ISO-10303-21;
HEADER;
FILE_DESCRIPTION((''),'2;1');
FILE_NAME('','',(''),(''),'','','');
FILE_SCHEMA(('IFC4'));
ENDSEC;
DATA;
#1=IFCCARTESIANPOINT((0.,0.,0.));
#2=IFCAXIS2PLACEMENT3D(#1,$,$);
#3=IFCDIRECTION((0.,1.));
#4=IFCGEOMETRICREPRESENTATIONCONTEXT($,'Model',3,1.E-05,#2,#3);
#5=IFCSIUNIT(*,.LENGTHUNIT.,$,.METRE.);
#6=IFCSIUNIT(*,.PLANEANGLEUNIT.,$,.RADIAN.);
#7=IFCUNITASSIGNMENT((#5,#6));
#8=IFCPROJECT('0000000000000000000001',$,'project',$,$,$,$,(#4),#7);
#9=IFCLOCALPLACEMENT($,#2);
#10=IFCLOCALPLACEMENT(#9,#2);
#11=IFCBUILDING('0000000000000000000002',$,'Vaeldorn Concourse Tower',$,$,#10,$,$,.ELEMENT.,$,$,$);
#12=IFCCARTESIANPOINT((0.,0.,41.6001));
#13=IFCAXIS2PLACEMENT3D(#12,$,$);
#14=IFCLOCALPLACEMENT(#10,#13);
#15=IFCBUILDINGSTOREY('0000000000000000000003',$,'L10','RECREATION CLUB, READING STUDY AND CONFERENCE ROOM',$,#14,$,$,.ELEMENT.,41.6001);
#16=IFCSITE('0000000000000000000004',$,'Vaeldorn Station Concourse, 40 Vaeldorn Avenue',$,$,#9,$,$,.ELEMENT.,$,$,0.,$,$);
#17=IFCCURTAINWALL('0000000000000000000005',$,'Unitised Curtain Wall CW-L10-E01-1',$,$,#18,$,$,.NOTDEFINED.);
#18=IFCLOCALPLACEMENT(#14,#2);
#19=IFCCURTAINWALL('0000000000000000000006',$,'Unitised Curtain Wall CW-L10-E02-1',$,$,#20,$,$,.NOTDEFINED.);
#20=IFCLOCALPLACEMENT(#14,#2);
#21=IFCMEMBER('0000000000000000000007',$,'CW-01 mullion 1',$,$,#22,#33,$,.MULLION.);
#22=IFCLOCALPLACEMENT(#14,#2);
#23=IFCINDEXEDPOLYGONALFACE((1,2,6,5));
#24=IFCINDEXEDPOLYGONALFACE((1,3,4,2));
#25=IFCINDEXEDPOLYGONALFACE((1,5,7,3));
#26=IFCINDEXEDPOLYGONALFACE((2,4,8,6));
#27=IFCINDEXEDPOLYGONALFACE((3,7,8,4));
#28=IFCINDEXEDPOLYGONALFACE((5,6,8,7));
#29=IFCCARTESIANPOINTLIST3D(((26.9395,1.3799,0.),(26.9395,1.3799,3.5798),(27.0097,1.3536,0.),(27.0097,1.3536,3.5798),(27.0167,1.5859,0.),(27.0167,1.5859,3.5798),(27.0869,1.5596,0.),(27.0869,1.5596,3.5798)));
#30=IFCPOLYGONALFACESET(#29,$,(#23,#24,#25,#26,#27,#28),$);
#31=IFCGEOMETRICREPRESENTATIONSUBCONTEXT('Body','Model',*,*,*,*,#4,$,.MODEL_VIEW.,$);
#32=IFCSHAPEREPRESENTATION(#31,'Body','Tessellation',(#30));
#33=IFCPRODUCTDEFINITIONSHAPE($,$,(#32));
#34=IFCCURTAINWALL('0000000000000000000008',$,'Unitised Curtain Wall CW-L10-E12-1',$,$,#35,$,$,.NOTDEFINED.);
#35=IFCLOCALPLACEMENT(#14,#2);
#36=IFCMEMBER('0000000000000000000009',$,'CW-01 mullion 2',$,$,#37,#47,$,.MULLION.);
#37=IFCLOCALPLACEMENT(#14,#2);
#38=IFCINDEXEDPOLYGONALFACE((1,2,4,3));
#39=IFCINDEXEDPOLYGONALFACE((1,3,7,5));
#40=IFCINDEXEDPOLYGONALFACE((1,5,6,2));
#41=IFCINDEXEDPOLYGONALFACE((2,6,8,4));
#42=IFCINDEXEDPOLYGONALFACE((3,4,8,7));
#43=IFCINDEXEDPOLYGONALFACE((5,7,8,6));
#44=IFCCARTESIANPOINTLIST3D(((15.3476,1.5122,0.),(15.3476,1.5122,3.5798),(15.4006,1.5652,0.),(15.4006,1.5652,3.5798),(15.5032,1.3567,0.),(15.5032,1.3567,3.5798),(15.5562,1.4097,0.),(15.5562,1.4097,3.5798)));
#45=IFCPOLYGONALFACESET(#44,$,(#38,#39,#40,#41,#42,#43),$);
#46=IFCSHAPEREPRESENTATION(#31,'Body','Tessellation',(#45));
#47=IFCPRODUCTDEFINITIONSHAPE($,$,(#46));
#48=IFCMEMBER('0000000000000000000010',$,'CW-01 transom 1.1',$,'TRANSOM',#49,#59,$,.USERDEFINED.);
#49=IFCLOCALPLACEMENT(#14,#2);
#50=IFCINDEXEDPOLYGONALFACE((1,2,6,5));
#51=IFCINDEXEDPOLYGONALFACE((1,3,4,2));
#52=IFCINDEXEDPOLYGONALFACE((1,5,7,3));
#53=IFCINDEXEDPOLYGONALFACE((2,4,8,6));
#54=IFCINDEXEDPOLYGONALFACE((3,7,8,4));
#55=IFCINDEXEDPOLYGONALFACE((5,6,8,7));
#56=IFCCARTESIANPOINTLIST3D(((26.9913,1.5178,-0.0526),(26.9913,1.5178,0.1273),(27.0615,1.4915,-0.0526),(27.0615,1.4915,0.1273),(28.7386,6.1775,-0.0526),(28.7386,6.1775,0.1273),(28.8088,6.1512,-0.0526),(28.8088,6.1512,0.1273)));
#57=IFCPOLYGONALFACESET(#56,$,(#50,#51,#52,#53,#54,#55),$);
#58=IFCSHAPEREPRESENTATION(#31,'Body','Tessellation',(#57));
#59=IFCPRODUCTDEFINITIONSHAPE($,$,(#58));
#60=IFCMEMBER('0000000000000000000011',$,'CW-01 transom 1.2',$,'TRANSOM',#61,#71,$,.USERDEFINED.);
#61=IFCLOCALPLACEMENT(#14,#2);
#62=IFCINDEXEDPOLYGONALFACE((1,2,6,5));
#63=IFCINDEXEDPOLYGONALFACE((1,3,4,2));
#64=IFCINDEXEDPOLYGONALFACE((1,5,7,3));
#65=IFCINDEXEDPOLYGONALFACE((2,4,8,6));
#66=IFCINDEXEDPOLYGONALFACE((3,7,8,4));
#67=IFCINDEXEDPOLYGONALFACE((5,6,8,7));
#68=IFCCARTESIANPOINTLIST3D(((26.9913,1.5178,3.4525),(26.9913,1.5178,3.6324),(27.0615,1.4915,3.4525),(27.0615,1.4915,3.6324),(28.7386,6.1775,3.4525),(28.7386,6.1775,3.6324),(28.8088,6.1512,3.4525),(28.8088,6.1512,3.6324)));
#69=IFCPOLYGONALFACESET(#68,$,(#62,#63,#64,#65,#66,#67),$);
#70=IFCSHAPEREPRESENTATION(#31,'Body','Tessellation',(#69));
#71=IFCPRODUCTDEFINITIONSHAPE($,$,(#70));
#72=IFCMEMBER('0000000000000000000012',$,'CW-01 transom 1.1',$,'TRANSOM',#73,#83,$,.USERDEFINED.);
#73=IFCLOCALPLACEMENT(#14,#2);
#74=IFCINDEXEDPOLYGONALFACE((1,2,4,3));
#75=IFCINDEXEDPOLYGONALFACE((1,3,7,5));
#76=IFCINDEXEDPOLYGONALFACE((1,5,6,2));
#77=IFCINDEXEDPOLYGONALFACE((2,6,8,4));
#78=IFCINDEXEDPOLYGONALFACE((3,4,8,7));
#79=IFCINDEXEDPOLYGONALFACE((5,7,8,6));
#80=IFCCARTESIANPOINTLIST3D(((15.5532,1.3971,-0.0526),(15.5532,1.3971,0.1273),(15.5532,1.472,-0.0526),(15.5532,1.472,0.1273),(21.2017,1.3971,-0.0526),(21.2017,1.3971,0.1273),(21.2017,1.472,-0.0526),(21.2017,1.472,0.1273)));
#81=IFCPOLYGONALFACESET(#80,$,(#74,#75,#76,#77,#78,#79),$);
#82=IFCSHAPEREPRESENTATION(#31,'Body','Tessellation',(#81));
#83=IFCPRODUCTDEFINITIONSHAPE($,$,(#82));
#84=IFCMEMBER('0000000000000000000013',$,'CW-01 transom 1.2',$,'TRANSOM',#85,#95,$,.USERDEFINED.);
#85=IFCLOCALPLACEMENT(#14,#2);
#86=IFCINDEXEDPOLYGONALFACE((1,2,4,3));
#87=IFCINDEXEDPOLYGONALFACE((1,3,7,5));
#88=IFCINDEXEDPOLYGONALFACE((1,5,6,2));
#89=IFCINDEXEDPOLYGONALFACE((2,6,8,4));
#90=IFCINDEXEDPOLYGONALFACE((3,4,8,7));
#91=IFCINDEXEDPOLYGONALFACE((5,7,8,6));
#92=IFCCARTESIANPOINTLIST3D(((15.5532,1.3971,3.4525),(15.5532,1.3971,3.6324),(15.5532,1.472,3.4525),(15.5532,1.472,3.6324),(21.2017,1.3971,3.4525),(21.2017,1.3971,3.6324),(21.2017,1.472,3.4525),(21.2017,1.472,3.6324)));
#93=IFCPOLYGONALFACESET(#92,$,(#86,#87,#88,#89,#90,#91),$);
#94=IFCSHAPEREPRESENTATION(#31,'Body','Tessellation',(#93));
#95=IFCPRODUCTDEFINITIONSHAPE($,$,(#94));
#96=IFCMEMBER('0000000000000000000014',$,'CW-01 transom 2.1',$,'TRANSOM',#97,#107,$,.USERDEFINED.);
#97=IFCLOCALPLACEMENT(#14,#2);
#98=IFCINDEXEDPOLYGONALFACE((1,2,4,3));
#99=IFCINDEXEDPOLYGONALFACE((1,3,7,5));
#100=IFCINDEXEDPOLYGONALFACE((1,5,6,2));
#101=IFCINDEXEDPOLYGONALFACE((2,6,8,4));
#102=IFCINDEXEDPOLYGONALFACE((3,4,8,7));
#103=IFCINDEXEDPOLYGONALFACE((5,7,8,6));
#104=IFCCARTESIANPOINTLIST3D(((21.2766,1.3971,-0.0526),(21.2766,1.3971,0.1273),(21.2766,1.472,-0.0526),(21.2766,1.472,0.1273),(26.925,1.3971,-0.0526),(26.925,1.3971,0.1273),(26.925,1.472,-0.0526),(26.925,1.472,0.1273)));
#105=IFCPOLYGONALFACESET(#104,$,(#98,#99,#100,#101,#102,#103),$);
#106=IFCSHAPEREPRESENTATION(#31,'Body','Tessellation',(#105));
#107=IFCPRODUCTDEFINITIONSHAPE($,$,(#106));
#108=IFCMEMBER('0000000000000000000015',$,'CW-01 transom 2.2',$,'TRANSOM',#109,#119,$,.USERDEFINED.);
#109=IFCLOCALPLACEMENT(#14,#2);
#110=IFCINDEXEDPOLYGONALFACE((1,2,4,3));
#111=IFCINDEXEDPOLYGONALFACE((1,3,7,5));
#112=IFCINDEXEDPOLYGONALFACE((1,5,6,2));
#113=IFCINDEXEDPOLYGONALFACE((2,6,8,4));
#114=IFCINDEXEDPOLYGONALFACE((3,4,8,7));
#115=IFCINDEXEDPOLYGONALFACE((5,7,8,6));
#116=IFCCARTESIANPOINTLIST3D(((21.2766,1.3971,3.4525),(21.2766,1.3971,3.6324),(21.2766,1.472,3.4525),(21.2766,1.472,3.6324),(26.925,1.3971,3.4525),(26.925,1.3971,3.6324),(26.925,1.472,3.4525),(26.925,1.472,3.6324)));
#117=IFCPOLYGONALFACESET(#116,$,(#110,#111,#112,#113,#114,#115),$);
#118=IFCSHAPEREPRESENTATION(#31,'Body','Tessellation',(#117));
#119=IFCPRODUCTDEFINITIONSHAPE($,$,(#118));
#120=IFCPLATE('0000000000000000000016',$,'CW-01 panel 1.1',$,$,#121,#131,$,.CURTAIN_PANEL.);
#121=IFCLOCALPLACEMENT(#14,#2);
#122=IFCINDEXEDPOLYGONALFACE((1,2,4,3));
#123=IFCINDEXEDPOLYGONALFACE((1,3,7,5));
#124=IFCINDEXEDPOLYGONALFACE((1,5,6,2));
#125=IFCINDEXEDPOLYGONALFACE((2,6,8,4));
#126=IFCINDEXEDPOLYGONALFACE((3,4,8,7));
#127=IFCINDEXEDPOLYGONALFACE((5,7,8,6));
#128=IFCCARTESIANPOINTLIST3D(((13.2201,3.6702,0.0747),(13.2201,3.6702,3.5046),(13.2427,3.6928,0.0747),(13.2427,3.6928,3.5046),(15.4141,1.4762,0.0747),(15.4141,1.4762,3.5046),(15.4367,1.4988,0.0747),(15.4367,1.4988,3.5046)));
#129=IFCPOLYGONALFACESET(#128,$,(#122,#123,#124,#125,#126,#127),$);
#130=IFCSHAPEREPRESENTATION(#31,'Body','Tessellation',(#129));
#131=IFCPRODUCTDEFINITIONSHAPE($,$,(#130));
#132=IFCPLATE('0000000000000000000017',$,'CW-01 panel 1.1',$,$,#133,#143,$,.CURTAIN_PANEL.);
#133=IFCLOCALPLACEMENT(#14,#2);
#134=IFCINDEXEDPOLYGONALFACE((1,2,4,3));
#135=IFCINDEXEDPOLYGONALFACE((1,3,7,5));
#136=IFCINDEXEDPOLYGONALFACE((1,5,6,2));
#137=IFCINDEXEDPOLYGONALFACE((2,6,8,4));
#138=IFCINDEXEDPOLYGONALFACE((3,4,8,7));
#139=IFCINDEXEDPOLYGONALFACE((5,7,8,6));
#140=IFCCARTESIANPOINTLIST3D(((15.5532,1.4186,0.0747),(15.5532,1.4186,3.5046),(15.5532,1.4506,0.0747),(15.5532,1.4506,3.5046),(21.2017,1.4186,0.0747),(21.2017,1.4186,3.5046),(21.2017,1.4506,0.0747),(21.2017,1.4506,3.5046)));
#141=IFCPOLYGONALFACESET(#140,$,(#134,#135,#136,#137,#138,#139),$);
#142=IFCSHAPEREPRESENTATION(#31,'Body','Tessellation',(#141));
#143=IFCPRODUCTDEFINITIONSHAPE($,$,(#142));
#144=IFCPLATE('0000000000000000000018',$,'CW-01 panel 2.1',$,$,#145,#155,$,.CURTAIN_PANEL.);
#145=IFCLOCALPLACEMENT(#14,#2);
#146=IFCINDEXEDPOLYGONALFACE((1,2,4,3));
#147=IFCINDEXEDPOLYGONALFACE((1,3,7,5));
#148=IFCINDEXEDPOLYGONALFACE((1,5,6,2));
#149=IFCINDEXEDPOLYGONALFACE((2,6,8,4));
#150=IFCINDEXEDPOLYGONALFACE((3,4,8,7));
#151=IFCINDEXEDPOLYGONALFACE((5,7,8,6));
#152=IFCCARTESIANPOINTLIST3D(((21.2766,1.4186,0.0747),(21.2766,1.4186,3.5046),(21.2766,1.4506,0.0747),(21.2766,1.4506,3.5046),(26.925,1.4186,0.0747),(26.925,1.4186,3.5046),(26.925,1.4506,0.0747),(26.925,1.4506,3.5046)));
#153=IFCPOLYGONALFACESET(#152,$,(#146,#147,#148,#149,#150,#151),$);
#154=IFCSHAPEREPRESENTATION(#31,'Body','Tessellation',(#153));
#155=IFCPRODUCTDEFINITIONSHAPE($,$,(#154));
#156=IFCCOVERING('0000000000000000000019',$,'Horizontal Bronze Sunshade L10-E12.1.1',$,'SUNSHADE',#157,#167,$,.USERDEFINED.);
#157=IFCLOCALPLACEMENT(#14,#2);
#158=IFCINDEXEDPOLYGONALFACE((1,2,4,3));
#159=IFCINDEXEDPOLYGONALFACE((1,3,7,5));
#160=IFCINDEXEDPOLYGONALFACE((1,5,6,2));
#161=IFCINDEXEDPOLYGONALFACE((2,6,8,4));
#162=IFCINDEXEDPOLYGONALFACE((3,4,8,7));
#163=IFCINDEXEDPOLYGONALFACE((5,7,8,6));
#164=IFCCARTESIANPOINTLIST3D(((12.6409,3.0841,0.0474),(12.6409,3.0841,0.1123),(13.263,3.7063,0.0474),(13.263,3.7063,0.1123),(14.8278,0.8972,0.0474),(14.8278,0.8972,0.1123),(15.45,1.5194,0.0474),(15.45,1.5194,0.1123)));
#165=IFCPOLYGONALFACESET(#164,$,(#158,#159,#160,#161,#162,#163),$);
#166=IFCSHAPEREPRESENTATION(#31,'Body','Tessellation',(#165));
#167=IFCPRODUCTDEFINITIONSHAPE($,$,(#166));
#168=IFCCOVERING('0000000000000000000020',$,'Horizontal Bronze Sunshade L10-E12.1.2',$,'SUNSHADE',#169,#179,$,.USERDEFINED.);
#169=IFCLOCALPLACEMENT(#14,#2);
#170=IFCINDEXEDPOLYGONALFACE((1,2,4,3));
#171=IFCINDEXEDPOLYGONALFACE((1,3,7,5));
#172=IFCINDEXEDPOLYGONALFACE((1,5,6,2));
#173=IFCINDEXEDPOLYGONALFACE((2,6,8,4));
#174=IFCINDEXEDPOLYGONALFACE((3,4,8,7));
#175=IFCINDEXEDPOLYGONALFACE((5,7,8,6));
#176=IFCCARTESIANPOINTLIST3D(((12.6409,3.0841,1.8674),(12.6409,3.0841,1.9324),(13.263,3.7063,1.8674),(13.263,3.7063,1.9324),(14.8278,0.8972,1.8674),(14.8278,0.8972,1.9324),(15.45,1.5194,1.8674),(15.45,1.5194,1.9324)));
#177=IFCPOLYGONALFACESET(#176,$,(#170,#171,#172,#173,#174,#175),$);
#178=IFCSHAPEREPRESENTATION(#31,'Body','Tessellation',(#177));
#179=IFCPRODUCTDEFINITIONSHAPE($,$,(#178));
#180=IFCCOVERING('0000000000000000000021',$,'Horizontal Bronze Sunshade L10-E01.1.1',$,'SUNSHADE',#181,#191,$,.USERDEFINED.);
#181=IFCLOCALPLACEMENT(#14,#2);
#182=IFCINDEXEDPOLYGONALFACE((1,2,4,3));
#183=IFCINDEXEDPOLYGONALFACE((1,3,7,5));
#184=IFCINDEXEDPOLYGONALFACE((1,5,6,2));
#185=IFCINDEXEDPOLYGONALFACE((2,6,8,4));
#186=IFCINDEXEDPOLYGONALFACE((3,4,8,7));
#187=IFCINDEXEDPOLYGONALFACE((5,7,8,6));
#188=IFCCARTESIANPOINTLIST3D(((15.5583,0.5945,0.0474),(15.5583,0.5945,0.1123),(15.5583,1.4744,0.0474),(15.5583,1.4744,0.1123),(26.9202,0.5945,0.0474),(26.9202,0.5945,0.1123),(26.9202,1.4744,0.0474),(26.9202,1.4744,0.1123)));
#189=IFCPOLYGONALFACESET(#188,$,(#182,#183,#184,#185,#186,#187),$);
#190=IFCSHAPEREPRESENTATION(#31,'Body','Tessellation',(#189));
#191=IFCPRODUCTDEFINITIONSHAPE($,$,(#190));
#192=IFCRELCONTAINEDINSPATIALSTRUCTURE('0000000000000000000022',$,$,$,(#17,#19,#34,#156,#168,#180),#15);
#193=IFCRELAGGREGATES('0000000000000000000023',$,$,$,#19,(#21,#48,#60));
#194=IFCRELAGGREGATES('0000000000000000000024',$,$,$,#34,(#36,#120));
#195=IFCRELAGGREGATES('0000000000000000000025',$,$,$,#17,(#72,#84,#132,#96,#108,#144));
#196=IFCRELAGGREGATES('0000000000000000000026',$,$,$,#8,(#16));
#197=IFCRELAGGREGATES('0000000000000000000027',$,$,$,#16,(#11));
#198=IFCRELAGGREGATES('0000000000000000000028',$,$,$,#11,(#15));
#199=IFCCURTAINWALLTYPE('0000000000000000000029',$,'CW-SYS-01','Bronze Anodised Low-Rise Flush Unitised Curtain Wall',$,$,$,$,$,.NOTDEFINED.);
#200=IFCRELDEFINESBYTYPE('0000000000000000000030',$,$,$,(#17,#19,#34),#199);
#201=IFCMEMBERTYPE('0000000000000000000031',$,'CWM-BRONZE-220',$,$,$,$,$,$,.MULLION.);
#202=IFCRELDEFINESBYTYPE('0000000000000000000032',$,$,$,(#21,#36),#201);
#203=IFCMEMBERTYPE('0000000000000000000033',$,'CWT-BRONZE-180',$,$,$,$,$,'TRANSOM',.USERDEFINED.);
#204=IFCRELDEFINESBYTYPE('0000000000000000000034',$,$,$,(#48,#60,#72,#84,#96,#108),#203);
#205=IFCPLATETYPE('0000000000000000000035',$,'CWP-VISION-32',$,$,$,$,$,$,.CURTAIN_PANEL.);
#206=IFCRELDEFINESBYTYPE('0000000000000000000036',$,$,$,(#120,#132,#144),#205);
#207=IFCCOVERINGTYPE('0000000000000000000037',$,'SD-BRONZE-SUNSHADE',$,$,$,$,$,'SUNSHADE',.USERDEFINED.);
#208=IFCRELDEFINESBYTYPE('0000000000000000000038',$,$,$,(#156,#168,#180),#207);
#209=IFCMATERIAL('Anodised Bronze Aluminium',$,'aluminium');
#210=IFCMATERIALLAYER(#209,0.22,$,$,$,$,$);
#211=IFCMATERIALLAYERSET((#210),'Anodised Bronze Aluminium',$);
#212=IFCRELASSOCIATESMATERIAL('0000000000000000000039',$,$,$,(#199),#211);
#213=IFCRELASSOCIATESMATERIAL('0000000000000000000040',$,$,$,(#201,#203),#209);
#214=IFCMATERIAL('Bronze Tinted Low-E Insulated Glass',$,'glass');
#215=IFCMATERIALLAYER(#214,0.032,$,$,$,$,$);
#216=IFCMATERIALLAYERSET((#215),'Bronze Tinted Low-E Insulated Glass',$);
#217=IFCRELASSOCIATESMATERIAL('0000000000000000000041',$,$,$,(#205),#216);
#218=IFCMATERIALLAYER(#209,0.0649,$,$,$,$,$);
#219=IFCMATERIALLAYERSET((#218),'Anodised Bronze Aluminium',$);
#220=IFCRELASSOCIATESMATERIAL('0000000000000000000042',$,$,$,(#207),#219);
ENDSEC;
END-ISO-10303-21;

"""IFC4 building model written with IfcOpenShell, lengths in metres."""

from ifc_helpers import new_model, si_unit, direction, frame, origin, origin_2d, place, context, subcontext, project, spatial, rectangle, extrude, source, transform, mapped, material, layer, layer_set, material_profile, profile_set, type_object, element, aggregate, save


model = new_model("IFC4")

# Units and contexts
model_context = context("Model", 3, precision=1e-05, world=origin(), true_north=direction((0.0, 1.0)))
body_context = subcontext(model_context, "Body", "Model", "MODEL_VIEW")
ifc_project = project(units=[si_unit("LENGTHUNIT", "METRE"), si_unit("PLANEANGLEUNIT", "RADIAN")], contexts=[model_context])

# Site, building, storey
site_placement = place(None, origin())
site = spatial("IfcSite", under=ifc_project, at=site_placement, Name="Vaeldorn Station Concourse, 40 Vaeldorn Avenue", CompositionType="ELEMENT", RefElevation=0.0)
building_placement = place(site_placement, origin())
building = spatial("IfcBuilding", under=site, at=building_placement, Name="Vaeldorn Concourse Tower", CompositionType="ELEMENT")
storey_placement = place(building_placement, frame((0.0, 0.0, 41.6001)))
storey = spatial("IfcBuildingStorey", under=building, at=storey_placement, Name="L10", Description="RECREATION CLUB, READING STUDY AND CONFERENCE ROOM", CompositionType="ELEMENT", Elevation=41.6001)

# Curtain wall
ifc_material_1 = material(Name="Anodised Bronze Aluminium", Category="aluminium")
ifc_layer_1 = layer(ifc_material_1, 0.22)
ifc_layer_set_1 = layer_set([ifc_layer_1], Name="Anodised Bronze Aluminium")
curtain_wall_type = type_object("IfcCurtainWallType", Name="CW-SYS-01", Description="Bronze Anodised Low-Rise Flush Unitised Curtain Wall", PredefinedType="NOTDEFINED", material=ifc_layer_set_1)
curtain_wall_1_placement = place(storey_placement, origin())
curtain_wall_1 = element("IfcCurtainWall", 1, at=curtain_wall_1_placement, inside=storey, type_object=curtain_wall_type, Name="Unitised Curtain Wall CW-L10-E01-1", PredefinedType="NOTDEFINED")
ifc_material_profile_1 = material_profile(ifc_material_1, rectangle(XDim=0.075, YDim=0.22, at=origin_2d()), Name="CWM 75x220")
ifc_profile_set_1 = profile_set([ifc_material_profile_1], Name="Anodised Bronze Aluminium")
member_type_1 = type_object("IfcMemberType", Name="CWM-BRONZE-220", PredefinedType="MULLION", material=ifc_profile_set_1)
shared_shape_1 = source(origin(), body_context, "Body", "SweptSolid", [
    extrude(rectangle(XDim=0.075, YDim=0.22, at=origin_2d()), origin(), (0.0, 0.0, 1.0), 3.5798),
])

# Curtain walls, members
curtain_wall_2_placement = place(storey_placement, origin())
curtain_wall_2 = element("IfcCurtainWall", 2, at=curtain_wall_2_placement, inside=storey, type_object=curtain_wall_type, Name="Unitised Curtain Wall CW-L10-E02-1", PredefinedType="NOTDEFINED")
member_1_placement = place(storey_placement, frame((27.0132, 1.4697, 0.0), z_axis=(0.0, 0.0, 1.0), x_axis=(-0.936329, 0.351123, 0.0)))
member_1 = element("IfcMember", 3, at=member_1_placement, type_object=member_type_1, Name="CW-01 mullion 1", PredefinedType="MULLION", context=body_context, shape_type="MappedRepresentation", body=[
    mapped(shared_shape_1, transform((0.0, 0.0, 0.0), scale=1.0)),
])
curtain_wall_3_placement = place(storey_placement, origin())
curtain_wall_3 = element("IfcCurtainWall", 4, at=curtain_wall_3_placement, inside=storey, type_object=curtain_wall_type, Name="Unitised Curtain Wall CW-L10-E12-1", PredefinedType="NOTDEFINED")
member_2_placement = place(storey_placement, frame((15.4519, 1.4609, 0.0), z_axis=(0.0, 0.0, 1.0), x_axis=(0.707107, 0.707107, 0.0)))
member_2 = element("IfcMember", 5, at=member_2_placement, type_object=member_type_1, Name="CW-01 mullion 2", PredefinedType="MULLION", context=body_context, shape_type="MappedRepresentation", body=[
    mapped(shared_shape_1, transform((0.0, 0.0, 0.0), scale=1.0)),
])

# Members
ifc_material_profile_2 = material_profile(ifc_material_1, rectangle(XDim=0.075, YDim=0.1799, at=origin_2d()), Name="CWT 75x180")
ifc_profile_set_2 = profile_set([ifc_material_profile_2], Name="Anodised Bronze Aluminium")
member_type_2 = type_object("IfcMemberType", Name="CWT-BRONZE-180", ElementType="TRANSOM", PredefinedType="USERDEFINED", material=ifc_profile_set_2)
shared_shape_2 = source(origin(), body_context, "Body", "SweptSolid", [
    extrude(rectangle(XDim=0.075, YDim=0.1799, at=origin_2d()), origin(), (0.0, 0.0, 1.0), 4.9766),
])
member_3_placement = place(storey_placement, frame((27.0264, 1.5046, 0.0374), z_axis=(0.351113, 0.936333, 0.0), x_axis=(-0.936333, 0.351113, 0.0)))
member_3 = element("IfcMember", 6, at=member_3_placement, type_object=member_type_2, Name="CW-01 transom 1.1", ObjectType="TRANSOM", PredefinedType="USERDEFINED", context=body_context, shape_type="MappedRepresentation", body=[
    mapped(shared_shape_2, transform((0.0, 0.0, 0.0), scale=1.0)),
])
member_4_placement = place(storey_placement, frame((27.0264, 1.5046, 3.5425), z_axis=(0.351113, 0.936333, 0.0), x_axis=(-0.936333, 0.351113, 0.0)))
member_4 = element("IfcMember", 7, at=member_4_placement, type_object=member_type_2, Name="CW-01 transom 1.2", ObjectType="TRANSOM", PredefinedType="USERDEFINED", context=body_context, shape_type="MappedRepresentation", body=[
    mapped(shared_shape_2, transform((0.0, 0.0, 0.0), scale=1.0)),
])
aggregate(curtain_wall_2, [member_1, member_3, member_4])
shared_shape_3 = source(origin(), body_context, "Body", "SweptSolid", [
    extrude(rectangle(XDim=0.075, YDim=0.1799, at=origin_2d()), origin(), (0.0, 0.0, 1.0), 5.6484),
])
member_5_placement = place(storey_placement, frame((15.5532, 1.4346, 0.0374), z_axis=(1.0, 0.0, 0.0), x_axis=(0.0, 1.0, 0.0)))
member_5 = element("IfcMember", 8, at=member_5_placement, type_object=member_type_2, Name="CW-01 transom 1.1", ObjectType="TRANSOM", PredefinedType="USERDEFINED", context=body_context, shape_type="MappedRepresentation", body=[
    mapped(shared_shape_3, transform((0.0, 0.0, 0.0), scale=1.0)),
])
member_6_placement = place(storey_placement, frame((15.5532, 1.4346, 3.5425), z_axis=(1.0, 0.0, 0.0), x_axis=(0.0, 1.0, 0.0)))
member_6 = element("IfcMember", 9, at=member_6_placement, type_object=member_type_2, Name="CW-01 transom 1.2", ObjectType="TRANSOM", PredefinedType="USERDEFINED", context=body_context, shape_type="MappedRepresentation", body=[
    mapped(shared_shape_3, transform((0.0, 0.0, 0.0), scale=1.0)),
])
member_7_placement = place(storey_placement, frame((21.2766, 1.4346, 0.0374), z_axis=(1.0, 0.0, 0.0), x_axis=(0.0, 1.0, 0.0)))
member_7 = element("IfcMember", 10, at=member_7_placement, type_object=member_type_2, Name="CW-01 transom 2.1", ObjectType="TRANSOM", PredefinedType="USERDEFINED", context=body_context, shape_type="MappedRepresentation", body=[
    mapped(shared_shape_3, transform((0.0, 0.0, 0.0), scale=1.0)),
])
member_8_placement = place(storey_placement, frame((21.2766, 1.4346, 3.5425), z_axis=(1.0, 0.0, 0.0), x_axis=(0.0, 1.0, 0.0)))
member_8 = element("IfcMember", 11, at=member_8_placement, type_object=member_type_2, Name="CW-01 transom 2.2", ObjectType="TRANSOM", PredefinedType="USERDEFINED", context=body_context, shape_type="MappedRepresentation", body=[
    mapped(shared_shape_3, transform((0.0, 0.0, 0.0), scale=1.0)),
])

# Plates
ifc_material_2 = material(Name="Bronze Tinted Low-E Insulated Glass", Category="glass")
ifc_layer_2 = layer(ifc_material_2, 0.032)
ifc_layer_set_2 = layer_set([ifc_layer_2], Name="Bronze Tinted Low-E Insulated Glass")
plate_type = type_object("IfcPlateType", Name="CWP-VISION-32", PredefinedType="CURTAIN_PANEL", material=ifc_layer_set_2)
shared_shape_4 = source(origin(), body_context, "Body", "SweptSolid", [
    extrude(rectangle(XDim=3.1028, YDim=0.032, at=origin_2d()), origin(), (0.0, 0.0, 1.0), 3.4299),
])
plate_1_placement = place(storey_placement, frame((14.3284, 2.5845, 0.0747), z_axis=(0.0, 0.0, 1.0), x_axis=(0.707107, -0.707107, 0.0)))
plate_1 = element("IfcPlate", 12, at=plate_1_placement, type_object=plate_type, Name="CW-01 panel 1.1", PredefinedType="CURTAIN_PANEL", context=body_context, shape_type="MappedRepresentation", body=[
    mapped(shared_shape_4, transform((0.0, 0.0, 0.0), scale=1.0)),
])
aggregate(curtain_wall_3, [member_2, plate_1])
shared_shape_5 = source(origin(), body_context, "Body", "SweptSolid", [
    extrude(rectangle(XDim=5.6484, YDim=0.032, at=origin_2d()), origin(), (0.0, 0.0, 1.0), 3.4299),
])
plate_2_placement = place(storey_placement, frame((18.3774, 1.4346, 0.0747), z_axis=(0.0, 0.0, 1.0), x_axis=(1.0, 0.0, 0.0)))
plate_2 = element("IfcPlate", 13, at=plate_2_placement, type_object=plate_type, Name="CW-01 panel 1.1", PredefinedType="CURTAIN_PANEL", context=body_context, shape_type="MappedRepresentation", body=[
    mapped(shared_shape_5, transform((0.0, 0.0, 0.0), scale=1.0)),
])
plate_3_placement = place(storey_placement, frame((24.1008, 1.4346, 0.0747), z_axis=(0.0, 0.0, 1.0), x_axis=(1.0, 0.0, 0.0)))
plate_3 = element("IfcPlate", 14, at=plate_3_placement, type_object=plate_type, Name="CW-01 panel 2.1", PredefinedType="CURTAIN_PANEL", context=body_context, shape_type="MappedRepresentation", body=[
    mapped(shared_shape_5, transform((0.0, 0.0, 0.0), scale=1.0)),
])
aggregate(curtain_wall_1, [member_5, member_6, plate_2, member_7, member_8, plate_3])

# Coverings
ifc_layer_3 = layer(ifc_material_1, 0.0649)
ifc_layer_set_3 = layer_set([ifc_layer_3], Name="Anodised Bronze Aluminium")
covering_type = type_object("IfcCoveringType", Name="SD-BRONZE-SUNSHADE", ElementType="SUNSHADE", PredefinedType="USERDEFINED", material=ifc_layer_set_3)
shared_shape_6 = source(origin(), body_context, "Body", "SweptSolid", [
    extrude(rectangle(XDim=3.0928, YDim=0.8799, at=origin_2d()), origin(), (0.0, 0.0, 1.0), 0.0649),
])
for number, where, z_axis, x_axis, name in (
    (15, (14.0454, 2.3018, 0.0474), (0.0, 0.0, 1.0), (0.707107, -0.707107, 0.0), "Horizontal Bronze Sunshade L10-E12.1.1"),
    (16, (14.0454, 2.3018, 1.8674), (0.0, 0.0, 1.0), (0.707107, -0.707107, 0.0), "Horizontal Bronze Sunshade L10-E12.1.2"),
):
    element("IfcCovering", number, at=place(storey_placement, frame(where, z_axis=z_axis, x_axis=x_axis)), inside=storey, type_object=covering_type, Name=name, ObjectType="SUNSHADE", PredefinedType="USERDEFINED", context=body_context, shape_type="MappedRepresentation", body=[
        mapped(shared_shape_6, transform((0.0, 0.0, 0.0), scale=1.0)),
    ])
shared_shape_7 = source(origin(), body_context, "Body", "SweptSolid", [
    extrude(rectangle(XDim=11.3618, YDim=0.8799, at=origin_2d()), origin(), (0.0, 0.0, 1.0), 0.0649),
])
for number, where, z_axis, x_axis, name in (
    (17, (21.2393, 1.0344, 0.0474), (0.0, 0.0, 1.0), (1.0, 0.0, 0.0), "Horizontal Bronze Sunshade L10-E01.1.1"),
):
    element("IfcCovering", number, at=place(storey_placement, frame(where, z_axis=z_axis, x_axis=x_axis)), inside=storey, type_object=covering_type, Name=name, ObjectType="SUNSHADE", PredefinedType="USERDEFINED", context=body_context, shape_type="MappedRepresentation", body=[
        mapped(shared_shape_7, transform((0.0, 0.0, 0.0), scale=1.0)),
    ])

save(model, "model.ifc")
